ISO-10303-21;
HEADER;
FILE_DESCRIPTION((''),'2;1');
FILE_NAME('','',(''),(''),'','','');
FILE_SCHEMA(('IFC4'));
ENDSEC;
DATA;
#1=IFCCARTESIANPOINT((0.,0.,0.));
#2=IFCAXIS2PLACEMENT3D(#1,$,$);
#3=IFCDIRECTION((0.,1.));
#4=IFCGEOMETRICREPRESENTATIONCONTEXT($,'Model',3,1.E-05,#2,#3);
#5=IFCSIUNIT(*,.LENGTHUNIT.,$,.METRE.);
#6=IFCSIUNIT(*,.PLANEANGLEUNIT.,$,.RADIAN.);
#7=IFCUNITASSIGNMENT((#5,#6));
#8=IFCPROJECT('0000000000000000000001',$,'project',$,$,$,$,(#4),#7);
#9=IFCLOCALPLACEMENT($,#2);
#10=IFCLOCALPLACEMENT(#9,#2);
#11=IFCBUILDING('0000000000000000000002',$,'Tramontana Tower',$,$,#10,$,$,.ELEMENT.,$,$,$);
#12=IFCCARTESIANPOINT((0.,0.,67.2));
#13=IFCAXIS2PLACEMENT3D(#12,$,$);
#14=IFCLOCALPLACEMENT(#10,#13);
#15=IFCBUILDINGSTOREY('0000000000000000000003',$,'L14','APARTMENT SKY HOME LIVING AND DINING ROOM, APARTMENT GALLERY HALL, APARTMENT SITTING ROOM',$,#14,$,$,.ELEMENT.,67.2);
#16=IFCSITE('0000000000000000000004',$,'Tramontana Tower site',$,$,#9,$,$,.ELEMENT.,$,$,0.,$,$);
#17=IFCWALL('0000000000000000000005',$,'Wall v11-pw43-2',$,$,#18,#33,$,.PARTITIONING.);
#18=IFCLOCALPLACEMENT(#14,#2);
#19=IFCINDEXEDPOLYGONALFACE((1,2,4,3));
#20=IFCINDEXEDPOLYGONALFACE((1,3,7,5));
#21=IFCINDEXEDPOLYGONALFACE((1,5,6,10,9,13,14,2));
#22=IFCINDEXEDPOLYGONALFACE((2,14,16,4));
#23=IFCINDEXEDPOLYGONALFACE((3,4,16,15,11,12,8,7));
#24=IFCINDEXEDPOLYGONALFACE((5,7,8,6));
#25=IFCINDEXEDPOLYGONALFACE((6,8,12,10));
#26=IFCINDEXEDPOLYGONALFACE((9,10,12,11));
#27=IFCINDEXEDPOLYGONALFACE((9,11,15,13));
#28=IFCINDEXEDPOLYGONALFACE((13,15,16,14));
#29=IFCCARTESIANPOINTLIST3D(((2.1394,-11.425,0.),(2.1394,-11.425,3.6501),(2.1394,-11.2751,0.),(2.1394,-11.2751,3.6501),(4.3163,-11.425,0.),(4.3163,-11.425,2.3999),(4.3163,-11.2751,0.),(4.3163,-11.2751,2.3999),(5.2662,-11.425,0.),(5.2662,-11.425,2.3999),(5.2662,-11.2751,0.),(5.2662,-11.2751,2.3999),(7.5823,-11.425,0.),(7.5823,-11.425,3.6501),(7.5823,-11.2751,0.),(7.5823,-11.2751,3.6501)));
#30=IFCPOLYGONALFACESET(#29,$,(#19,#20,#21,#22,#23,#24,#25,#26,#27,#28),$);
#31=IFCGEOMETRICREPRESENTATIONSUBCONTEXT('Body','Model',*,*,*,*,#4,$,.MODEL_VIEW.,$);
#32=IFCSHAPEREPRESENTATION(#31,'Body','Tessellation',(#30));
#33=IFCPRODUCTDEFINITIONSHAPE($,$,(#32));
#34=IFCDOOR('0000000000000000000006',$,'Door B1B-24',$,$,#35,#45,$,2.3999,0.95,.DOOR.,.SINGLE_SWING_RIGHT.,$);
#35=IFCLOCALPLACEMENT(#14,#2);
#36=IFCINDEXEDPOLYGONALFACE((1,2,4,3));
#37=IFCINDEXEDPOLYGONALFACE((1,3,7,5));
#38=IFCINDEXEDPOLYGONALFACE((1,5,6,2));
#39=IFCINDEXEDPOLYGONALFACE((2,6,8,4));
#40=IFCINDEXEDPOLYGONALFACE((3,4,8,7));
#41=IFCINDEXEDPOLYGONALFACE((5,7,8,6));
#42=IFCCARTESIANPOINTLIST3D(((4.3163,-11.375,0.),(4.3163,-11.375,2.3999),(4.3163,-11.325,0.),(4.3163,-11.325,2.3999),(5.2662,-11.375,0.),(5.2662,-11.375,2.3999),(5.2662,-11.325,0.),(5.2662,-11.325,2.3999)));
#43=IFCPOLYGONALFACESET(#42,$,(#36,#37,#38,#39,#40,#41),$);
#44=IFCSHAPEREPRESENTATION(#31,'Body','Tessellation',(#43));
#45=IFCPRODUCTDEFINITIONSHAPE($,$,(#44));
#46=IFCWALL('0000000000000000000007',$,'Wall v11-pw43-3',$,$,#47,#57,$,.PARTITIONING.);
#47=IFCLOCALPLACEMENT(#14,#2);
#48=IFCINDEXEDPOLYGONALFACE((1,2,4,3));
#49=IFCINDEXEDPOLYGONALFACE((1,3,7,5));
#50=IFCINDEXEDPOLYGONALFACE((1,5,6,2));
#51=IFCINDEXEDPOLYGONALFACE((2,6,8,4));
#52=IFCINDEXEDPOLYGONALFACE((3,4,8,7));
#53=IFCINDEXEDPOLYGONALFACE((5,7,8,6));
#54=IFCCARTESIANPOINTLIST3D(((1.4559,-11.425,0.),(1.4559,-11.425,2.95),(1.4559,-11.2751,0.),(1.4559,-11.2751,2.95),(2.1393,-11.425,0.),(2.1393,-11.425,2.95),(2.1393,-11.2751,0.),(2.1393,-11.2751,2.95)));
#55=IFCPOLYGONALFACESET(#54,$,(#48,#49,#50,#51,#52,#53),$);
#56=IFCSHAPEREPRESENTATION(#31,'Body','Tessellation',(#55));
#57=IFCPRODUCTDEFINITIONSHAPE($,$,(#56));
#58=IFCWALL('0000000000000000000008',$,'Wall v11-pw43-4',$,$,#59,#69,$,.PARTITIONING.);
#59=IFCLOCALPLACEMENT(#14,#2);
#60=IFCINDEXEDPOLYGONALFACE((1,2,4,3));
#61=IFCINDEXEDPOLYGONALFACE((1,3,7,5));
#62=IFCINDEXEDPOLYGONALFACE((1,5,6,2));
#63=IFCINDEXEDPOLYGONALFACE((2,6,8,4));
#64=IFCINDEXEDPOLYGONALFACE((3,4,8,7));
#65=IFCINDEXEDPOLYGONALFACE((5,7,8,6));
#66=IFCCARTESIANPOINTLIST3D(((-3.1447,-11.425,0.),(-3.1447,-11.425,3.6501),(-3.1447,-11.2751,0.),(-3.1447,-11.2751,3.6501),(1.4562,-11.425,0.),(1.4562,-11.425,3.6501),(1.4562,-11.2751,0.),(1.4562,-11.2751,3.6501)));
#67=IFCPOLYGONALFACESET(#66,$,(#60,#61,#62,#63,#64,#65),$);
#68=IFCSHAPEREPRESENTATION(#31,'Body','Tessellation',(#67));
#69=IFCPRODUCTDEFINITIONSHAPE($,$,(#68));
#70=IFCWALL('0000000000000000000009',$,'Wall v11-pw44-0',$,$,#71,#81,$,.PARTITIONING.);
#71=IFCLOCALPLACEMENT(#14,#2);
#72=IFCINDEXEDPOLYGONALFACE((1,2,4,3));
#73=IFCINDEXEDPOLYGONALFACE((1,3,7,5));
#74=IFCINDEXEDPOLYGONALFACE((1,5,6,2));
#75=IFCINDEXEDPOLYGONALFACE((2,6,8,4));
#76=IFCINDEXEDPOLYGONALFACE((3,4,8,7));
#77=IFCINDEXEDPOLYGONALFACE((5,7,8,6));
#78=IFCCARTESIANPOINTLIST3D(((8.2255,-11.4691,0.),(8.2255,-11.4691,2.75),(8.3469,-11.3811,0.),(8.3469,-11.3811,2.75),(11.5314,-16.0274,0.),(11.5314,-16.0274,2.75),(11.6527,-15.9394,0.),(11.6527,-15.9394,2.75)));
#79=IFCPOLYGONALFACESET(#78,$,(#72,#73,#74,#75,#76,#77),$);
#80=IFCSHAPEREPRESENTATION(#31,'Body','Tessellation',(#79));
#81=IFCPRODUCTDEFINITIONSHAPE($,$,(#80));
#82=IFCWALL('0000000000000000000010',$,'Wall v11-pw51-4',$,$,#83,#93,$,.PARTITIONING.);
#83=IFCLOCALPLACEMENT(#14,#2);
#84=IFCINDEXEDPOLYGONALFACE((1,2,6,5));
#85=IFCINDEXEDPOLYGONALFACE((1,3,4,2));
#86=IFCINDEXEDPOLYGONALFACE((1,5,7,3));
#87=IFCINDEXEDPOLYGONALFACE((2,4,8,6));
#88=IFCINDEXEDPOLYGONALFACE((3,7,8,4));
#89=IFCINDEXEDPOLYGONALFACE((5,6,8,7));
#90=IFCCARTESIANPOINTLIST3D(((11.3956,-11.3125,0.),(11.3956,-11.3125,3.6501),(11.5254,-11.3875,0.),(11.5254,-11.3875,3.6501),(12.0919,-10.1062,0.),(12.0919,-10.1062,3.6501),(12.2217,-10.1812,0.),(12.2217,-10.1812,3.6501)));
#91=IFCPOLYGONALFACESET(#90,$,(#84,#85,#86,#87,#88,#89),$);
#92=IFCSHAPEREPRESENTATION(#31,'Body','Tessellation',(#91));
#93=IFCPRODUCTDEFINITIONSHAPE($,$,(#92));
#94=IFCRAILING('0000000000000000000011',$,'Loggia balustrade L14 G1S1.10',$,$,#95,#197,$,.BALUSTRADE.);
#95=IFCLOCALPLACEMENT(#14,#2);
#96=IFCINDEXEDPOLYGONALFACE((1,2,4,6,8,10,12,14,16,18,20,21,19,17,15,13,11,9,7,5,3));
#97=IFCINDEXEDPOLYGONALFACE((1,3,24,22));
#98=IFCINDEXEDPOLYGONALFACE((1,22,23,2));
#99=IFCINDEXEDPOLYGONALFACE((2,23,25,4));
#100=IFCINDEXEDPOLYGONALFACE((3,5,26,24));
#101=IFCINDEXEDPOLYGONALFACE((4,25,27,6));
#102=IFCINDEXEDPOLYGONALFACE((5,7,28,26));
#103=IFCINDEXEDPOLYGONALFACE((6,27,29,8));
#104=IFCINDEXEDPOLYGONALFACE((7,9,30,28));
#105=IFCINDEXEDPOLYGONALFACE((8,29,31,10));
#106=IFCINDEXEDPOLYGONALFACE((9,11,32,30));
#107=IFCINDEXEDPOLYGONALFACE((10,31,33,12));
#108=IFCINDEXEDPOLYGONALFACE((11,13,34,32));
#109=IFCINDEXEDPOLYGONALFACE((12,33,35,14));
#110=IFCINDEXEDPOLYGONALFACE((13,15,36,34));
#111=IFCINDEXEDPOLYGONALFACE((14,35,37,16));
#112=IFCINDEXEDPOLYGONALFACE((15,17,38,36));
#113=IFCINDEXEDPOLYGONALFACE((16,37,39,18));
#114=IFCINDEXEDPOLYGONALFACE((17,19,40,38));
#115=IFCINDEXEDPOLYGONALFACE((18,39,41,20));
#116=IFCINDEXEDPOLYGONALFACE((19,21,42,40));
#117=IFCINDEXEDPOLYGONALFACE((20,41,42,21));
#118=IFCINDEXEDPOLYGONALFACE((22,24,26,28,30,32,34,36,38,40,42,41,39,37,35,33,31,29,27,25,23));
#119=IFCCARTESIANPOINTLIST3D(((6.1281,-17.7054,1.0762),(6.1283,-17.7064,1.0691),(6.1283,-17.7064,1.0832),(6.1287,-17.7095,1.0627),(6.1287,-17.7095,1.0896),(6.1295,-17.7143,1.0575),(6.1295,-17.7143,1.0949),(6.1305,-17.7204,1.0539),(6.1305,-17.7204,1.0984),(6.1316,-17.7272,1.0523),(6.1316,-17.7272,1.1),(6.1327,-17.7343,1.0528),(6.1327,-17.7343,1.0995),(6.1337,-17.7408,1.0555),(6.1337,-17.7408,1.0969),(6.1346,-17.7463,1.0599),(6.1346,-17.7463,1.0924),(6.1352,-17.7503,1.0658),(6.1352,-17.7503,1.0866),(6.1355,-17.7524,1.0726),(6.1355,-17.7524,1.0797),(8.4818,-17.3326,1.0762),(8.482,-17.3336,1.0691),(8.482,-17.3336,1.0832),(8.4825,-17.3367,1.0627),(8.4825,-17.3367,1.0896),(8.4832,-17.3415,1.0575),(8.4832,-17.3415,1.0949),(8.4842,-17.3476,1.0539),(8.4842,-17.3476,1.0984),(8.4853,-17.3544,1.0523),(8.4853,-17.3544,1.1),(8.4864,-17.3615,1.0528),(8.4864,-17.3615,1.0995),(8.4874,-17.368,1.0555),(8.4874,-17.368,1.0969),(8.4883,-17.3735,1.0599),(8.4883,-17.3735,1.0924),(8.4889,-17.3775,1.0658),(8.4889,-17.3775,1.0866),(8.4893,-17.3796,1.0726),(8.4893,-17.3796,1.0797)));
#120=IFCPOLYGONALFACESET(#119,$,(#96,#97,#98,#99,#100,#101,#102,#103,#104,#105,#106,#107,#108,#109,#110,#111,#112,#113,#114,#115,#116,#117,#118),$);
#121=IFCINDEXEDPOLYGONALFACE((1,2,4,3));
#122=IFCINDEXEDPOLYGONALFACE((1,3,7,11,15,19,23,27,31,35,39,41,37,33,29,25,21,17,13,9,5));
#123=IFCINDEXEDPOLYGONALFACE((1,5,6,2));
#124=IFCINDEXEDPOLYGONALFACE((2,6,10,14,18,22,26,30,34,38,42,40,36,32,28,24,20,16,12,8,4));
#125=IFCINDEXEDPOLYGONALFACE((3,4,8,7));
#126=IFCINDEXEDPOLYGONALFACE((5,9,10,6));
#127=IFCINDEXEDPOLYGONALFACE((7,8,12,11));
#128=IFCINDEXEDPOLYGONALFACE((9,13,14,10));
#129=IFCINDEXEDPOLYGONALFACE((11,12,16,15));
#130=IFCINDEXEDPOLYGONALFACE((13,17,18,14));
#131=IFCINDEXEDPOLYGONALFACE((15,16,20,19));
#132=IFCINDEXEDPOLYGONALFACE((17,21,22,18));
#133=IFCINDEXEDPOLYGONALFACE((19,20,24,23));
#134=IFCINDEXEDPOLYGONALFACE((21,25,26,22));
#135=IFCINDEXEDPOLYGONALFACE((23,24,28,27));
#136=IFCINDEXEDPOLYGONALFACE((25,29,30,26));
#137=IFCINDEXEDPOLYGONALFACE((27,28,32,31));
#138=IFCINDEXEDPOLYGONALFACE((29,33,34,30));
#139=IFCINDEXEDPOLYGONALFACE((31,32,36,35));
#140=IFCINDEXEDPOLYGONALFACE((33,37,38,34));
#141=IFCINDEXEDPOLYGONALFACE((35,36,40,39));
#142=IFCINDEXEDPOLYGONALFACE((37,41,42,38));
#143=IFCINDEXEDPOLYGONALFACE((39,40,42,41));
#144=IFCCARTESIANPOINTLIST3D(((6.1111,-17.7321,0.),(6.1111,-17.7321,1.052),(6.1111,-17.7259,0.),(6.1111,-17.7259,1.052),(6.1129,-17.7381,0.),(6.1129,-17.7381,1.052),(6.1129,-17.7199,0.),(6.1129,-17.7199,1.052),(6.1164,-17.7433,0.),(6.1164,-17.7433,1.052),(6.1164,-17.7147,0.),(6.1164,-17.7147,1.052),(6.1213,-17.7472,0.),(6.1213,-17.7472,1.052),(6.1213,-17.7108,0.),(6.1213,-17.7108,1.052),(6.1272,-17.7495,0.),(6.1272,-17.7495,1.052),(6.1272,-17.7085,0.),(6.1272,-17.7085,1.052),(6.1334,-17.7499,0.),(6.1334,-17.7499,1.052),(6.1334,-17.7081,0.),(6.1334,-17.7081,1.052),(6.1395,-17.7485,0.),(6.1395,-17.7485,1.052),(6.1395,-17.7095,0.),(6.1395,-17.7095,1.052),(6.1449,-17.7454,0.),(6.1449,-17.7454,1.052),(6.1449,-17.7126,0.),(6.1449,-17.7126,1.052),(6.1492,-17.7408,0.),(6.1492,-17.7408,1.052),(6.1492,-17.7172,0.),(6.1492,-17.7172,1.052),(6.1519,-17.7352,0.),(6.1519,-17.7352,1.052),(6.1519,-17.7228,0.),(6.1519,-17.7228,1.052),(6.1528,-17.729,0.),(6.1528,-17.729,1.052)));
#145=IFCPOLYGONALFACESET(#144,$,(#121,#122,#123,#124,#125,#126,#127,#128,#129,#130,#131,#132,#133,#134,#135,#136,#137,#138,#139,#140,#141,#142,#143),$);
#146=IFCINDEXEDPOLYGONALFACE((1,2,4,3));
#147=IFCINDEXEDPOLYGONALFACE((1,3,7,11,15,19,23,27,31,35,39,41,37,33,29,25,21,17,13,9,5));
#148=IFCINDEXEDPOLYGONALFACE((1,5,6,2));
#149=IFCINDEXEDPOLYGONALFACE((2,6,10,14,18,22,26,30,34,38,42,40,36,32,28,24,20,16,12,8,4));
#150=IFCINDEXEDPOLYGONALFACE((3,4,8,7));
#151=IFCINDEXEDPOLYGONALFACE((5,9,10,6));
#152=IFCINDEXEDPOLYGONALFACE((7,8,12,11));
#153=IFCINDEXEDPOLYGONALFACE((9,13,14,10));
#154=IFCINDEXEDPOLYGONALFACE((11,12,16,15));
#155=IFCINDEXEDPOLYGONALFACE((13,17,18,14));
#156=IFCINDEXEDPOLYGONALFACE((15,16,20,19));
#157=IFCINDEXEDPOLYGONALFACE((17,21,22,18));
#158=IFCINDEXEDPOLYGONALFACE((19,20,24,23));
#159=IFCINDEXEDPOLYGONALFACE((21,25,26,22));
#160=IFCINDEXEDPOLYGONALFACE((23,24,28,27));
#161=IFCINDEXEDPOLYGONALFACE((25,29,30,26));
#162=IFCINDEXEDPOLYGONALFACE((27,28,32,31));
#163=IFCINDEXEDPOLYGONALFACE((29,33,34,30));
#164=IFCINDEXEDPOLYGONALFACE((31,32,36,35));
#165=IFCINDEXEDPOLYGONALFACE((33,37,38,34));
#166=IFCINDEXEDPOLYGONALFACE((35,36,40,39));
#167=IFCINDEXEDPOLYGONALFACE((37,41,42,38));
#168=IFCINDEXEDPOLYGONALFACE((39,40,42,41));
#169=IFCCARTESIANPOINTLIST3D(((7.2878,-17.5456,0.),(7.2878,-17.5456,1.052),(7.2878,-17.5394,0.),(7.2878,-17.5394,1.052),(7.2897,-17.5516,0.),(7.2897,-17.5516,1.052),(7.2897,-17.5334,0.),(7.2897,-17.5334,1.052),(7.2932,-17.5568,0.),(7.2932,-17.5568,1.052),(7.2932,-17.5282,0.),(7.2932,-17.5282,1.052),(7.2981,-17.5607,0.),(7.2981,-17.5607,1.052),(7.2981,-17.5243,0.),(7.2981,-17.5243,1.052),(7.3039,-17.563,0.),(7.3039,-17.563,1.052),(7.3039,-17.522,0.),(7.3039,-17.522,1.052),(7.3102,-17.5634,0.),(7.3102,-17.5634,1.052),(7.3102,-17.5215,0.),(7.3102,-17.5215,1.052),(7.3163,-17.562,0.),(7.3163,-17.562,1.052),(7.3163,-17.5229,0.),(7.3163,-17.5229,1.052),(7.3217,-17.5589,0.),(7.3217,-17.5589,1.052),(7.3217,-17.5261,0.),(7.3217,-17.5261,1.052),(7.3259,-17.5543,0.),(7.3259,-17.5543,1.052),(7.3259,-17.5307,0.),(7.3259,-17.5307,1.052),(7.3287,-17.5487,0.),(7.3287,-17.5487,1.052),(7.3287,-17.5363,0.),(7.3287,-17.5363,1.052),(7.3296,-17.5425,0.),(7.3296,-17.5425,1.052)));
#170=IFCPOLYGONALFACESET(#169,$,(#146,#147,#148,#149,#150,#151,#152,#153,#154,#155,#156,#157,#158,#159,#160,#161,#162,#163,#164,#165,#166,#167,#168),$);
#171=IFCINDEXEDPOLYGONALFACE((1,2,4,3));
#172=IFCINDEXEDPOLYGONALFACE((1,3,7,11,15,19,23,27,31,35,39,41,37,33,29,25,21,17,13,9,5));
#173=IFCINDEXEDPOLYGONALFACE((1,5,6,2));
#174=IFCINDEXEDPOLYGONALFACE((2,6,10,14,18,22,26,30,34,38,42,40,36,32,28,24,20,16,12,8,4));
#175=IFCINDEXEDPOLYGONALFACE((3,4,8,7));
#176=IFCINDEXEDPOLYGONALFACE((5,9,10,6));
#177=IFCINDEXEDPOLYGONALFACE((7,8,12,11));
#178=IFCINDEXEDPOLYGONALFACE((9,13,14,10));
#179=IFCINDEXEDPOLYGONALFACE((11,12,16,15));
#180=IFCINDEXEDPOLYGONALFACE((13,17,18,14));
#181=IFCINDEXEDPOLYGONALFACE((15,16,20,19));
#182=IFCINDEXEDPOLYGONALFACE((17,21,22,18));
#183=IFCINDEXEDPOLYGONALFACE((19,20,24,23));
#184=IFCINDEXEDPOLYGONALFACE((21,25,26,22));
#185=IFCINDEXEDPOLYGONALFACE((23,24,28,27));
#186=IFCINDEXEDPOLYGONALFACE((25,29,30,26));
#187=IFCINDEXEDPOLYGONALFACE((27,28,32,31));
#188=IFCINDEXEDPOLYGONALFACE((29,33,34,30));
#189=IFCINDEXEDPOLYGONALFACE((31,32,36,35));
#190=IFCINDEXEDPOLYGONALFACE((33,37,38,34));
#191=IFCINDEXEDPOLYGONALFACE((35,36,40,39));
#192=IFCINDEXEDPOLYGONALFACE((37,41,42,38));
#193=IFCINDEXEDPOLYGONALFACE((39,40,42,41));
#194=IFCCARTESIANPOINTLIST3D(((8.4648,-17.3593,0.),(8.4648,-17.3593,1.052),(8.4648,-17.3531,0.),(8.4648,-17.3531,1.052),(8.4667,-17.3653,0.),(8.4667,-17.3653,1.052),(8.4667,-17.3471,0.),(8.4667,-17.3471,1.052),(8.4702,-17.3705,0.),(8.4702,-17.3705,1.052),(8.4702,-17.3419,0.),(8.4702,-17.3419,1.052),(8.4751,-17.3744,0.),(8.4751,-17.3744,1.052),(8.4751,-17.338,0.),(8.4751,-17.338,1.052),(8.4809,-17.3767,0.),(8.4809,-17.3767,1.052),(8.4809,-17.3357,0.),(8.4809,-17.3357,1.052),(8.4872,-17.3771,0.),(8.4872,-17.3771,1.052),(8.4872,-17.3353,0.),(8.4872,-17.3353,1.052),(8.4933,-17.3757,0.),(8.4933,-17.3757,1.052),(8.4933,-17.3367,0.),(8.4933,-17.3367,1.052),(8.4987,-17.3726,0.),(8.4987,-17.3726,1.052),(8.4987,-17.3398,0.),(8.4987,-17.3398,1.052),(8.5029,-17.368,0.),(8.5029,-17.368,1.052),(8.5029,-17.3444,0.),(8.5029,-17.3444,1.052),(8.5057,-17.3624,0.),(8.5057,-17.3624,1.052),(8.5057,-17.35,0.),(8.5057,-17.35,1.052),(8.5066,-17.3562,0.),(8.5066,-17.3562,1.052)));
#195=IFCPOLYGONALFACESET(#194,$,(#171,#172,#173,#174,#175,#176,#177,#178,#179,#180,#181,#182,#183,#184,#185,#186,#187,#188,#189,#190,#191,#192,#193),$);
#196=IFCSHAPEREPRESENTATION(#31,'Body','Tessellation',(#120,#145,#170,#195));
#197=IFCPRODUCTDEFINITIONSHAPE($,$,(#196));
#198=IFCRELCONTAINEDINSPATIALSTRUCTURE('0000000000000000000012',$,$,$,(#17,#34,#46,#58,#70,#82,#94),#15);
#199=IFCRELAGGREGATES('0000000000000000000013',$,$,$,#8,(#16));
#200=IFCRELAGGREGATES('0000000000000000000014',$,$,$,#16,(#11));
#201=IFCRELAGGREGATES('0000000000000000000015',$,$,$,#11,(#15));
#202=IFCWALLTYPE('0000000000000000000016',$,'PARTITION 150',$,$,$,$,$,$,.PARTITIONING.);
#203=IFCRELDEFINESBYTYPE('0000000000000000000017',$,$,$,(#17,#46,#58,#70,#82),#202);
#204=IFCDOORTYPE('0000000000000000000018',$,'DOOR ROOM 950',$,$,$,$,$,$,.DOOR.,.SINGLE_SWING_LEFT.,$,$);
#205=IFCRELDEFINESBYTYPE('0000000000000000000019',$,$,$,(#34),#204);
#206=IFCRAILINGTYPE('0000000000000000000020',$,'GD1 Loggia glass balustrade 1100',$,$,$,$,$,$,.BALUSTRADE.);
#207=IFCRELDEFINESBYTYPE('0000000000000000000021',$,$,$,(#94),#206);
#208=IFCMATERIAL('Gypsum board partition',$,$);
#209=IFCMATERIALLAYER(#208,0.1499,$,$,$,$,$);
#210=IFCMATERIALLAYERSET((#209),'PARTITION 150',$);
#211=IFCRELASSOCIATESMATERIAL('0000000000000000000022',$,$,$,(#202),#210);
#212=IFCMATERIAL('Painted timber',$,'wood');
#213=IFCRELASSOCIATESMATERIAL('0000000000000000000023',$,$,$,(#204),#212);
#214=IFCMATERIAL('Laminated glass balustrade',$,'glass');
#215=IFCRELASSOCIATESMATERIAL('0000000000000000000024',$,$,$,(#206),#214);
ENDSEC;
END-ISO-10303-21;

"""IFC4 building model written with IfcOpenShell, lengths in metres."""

from ifc_helpers import new_model, si_unit, direction, frame, frame_2d, origin, origin_2d, place, context, subcontext, project, spatial, rectangle, circle, extrude, material, layer, layer_set, type_object, element, fill, save


model = new_model("IFC4")

# Units and contexts
model_context = context("Model", 3, precision=1e-05, world=origin(), true_north=direction((0.0, 1.0)))
body_context = subcontext(model_context, "Body", "Model", "MODEL_VIEW")
ifc_project = project(units=[si_unit("LENGTHUNIT", "METRE"), si_unit("PLANEANGLEUNIT", "RADIAN")], contexts=[model_context])

# Site, building, storey
site_placement = place(None, origin())
site = spatial("IfcSite", under=ifc_project, at=site_placement, Name="Tramontana Tower site", CompositionType="ELEMENT", RefElevation=0.0)
building_placement = place(site_placement, origin())
building = spatial("IfcBuilding", under=site, at=building_placement, Name="Tramontana Tower", CompositionType="ELEMENT")
storey_placement = place(building_placement, frame((0.0, 0.0, 67.2)))
storey = spatial("IfcBuildingStorey", under=building, at=storey_placement, Name="L14", Description="APARTMENT SKY HOME LIVING AND DINING ROOM, APARTMENT GALLERY HALL, APARTMENT SITTING ROOM", CompositionType="ELEMENT", Elevation=67.2)

# Shared definitions
ifc_material_1 = material(Name="Gypsum board partition")
ifc_layer_1 = layer(ifc_material_1, 0.1499)
ifc_layer_set_1 = layer_set([ifc_layer_1], Name="PARTITION 150")
wall_type_1 = type_object("IfcWallType", Name="PARTITION 150", PredefinedType="PARTITIONING", material=ifc_layer_set_1)

# Wall, opening, door
wall_1_placement = place(storey_placement, frame((7.5823, -11.3501, 0.0), z_axis=(0.0, 0.0, 1.0), x_axis=(-1.0, 0.0, 0.0)))
wall_1 = element("IfcWall", 1, at=wall_1_placement, inside=storey, type_object=wall_type_1, Name="Wall v11-pw43-2", PredefinedType="PARTITIONING", context=body_context, shape_type="SweptSolid", body=[
    extrude(rectangle(XDim=5.4429, YDim=0.1499, at=frame_2d((2.7214, 0.0))), origin(), (0.0, 0.0, 1.0), 3.6501),
])
opening_1_placement = place(wall_1_placement, frame((2.3159, 0.0, 0.0)))
opening_1 = element("IfcOpeningElement", 2, at=opening_1_placement, cuts=wall_1, PredefinedType="OPENING", context=body_context, shape_type="SweptSolid", body=[
    extrude(rectangle(XDim=0.95, YDim=2.3999, at=frame_2d((0.4751, 1.2))), frame((0.0, 0.085, 0.0), z_axis=(0.0, -1.0, 0.0), x_axis=(1.0, 0.0, 0.0)), (0.0, 0.0, 1.0), 0.1699),
])
ifc_material_2 = material(Name="Painted timber", Category="wood")
door_type_1 = type_object("IfcDoorType", Name="DOOR ROOM 950", OperationType="SINGLE_SWING_LEFT", PredefinedType="DOOR", material=ifc_material_2)
door_1_placement = place(opening_1_placement, origin())
door_1 = element("IfcDoor", 3, at=door_1_placement, inside=storey, type_object=door_type_1, Name="Door B1B-24", OperationType="SINGLE_SWING_RIGHT", OverallHeight=2.3999, OverallWidth=0.95, PredefinedType="DOOR", context=body_context, shape_type="SweptSolid", body=[
    extrude(rectangle(XDim=0.95, YDim=2.3999, at=frame_2d((0.4751, 1.2))), frame((0.0, 0.0249, 0.0), z_axis=(0.0, -1.0, 0.0), x_axis=(1.0, 0.0, 0.0)), (0.0, 0.0, 1.0), 0.05),
])
fill(opening_1, door_1)

# Walls
wall_2_placement = place(storey_placement, frame((2.1394, -11.3501, 0.0), z_axis=(0.0, 0.0, 1.0), x_axis=(-1.0, 0.0, 0.0)))
element("IfcWall", 4, at=wall_2_placement, inside=storey, type_object=wall_type_1, Name="Wall v11-pw43-3", PredefinedType="PARTITIONING", context=body_context, shape_type="SweptSolid", body=[
    extrude(rectangle(XDim=0.6833, YDim=0.1499, at=frame_2d((0.3418, 0.0))), origin(), (0.0, 0.0, 1.0), 2.95),
])
wall_3_placement = place(storey_placement, frame((1.4561, -11.3501, 0.0), z_axis=(0.0, 0.0, 1.0), x_axis=(-1.0, 0.0, 0.0)))
element("IfcWall", 5, at=wall_3_placement, inside=storey, type_object=wall_type_1, Name="Wall v11-pw43-4", PredefinedType="PARTITIONING", context=body_context, shape_type="SweptSolid", body=[
    extrude(rectangle(XDim=4.6008, YDim=0.1499, at=frame_2d((2.3003, 0.0))), origin(), (0.0, 0.0, 1.0), 3.6501),
])
wall_4_placement = place(storey_placement, frame((11.592, -15.9834, 0.0), z_axis=(0.0, 0.0, 1.0), x_axis=(-0.587096, 0.809517, 0.0)))
element("IfcWall", 6, at=wall_4_placement, inside=storey, type_object=wall_type_1, Name="Wall v11-pw44-0", PredefinedType="PARTITIONING", context=body_context, shape_type="SweptSolid", body=[
    extrude(rectangle(XDim=5.6309, YDim=0.1499, at=frame_2d((2.8154, 0.0))), origin(), (0.0, 0.0, 1.0), 2.75),
])
wall_5_placement = place(storey_placement, frame((12.1567, -10.1438, 0.0), z_axis=(0.0, 0.0, 1.0), x_axis=(-0.49991, -0.866078, 0.0)))
element("IfcWall", 7, at=wall_5_placement, inside=storey, type_object=wall_type_1, Name="Wall v11-pw51-4", PredefinedType="PARTITIONING", context=body_context, shape_type="SweptSolid", body=[
    extrude(rectangle(XDim=1.3928, YDim=0.1499, at=frame_2d((0.6963, 0.0))), origin(), (0.0, 0.0, 1.0), 3.6501),
])

# Railing
ifc_material_3 = material(Name="Laminated glass balustrade", Category="glass")
railing_type = type_object("IfcRailingType", Name="GD1 Loggia glass balustrade 1100", PredefinedType="BALUSTRADE", material=ifc_material_3)
railing_placement = place(storey_placement, frame((6.1318, -17.729, 0.0)))
element("IfcRailing", 8, at=railing_placement, inside=storey, type_object=railing_type, Name="Loggia balustrade L14 G1S1.10", PredefinedType="BALUSTRADE", context=body_context, shape_type="SweptSolid", body=[
    extrude(circle(Radius=0.0239, at=origin_2d()), frame((0.0, 0.0, 1.0762), z_axis=(0.987688, 0.156436, 0.0), x_axis=(-0.156436, 0.987688, 0.0)), (0.0, 0.0, 1.0), 2.3831),
    extrude(circle(Radius=0.021, at=origin_2d()), origin(), (0.0, 0.0, 1.0), 1.052),
    extrude(circle(Radius=0.021, at=origin_2d()), frame((1.1768, 0.1865, 0.0)), (0.0, 0.0, 1.0), 1.052),
    extrude(circle(Radius=0.021, at=origin_2d()), frame((2.3538, 0.3728, 0.0)), (0.0, 0.0, 1.0), 1.052),
])

save(model, "model.ifc")
